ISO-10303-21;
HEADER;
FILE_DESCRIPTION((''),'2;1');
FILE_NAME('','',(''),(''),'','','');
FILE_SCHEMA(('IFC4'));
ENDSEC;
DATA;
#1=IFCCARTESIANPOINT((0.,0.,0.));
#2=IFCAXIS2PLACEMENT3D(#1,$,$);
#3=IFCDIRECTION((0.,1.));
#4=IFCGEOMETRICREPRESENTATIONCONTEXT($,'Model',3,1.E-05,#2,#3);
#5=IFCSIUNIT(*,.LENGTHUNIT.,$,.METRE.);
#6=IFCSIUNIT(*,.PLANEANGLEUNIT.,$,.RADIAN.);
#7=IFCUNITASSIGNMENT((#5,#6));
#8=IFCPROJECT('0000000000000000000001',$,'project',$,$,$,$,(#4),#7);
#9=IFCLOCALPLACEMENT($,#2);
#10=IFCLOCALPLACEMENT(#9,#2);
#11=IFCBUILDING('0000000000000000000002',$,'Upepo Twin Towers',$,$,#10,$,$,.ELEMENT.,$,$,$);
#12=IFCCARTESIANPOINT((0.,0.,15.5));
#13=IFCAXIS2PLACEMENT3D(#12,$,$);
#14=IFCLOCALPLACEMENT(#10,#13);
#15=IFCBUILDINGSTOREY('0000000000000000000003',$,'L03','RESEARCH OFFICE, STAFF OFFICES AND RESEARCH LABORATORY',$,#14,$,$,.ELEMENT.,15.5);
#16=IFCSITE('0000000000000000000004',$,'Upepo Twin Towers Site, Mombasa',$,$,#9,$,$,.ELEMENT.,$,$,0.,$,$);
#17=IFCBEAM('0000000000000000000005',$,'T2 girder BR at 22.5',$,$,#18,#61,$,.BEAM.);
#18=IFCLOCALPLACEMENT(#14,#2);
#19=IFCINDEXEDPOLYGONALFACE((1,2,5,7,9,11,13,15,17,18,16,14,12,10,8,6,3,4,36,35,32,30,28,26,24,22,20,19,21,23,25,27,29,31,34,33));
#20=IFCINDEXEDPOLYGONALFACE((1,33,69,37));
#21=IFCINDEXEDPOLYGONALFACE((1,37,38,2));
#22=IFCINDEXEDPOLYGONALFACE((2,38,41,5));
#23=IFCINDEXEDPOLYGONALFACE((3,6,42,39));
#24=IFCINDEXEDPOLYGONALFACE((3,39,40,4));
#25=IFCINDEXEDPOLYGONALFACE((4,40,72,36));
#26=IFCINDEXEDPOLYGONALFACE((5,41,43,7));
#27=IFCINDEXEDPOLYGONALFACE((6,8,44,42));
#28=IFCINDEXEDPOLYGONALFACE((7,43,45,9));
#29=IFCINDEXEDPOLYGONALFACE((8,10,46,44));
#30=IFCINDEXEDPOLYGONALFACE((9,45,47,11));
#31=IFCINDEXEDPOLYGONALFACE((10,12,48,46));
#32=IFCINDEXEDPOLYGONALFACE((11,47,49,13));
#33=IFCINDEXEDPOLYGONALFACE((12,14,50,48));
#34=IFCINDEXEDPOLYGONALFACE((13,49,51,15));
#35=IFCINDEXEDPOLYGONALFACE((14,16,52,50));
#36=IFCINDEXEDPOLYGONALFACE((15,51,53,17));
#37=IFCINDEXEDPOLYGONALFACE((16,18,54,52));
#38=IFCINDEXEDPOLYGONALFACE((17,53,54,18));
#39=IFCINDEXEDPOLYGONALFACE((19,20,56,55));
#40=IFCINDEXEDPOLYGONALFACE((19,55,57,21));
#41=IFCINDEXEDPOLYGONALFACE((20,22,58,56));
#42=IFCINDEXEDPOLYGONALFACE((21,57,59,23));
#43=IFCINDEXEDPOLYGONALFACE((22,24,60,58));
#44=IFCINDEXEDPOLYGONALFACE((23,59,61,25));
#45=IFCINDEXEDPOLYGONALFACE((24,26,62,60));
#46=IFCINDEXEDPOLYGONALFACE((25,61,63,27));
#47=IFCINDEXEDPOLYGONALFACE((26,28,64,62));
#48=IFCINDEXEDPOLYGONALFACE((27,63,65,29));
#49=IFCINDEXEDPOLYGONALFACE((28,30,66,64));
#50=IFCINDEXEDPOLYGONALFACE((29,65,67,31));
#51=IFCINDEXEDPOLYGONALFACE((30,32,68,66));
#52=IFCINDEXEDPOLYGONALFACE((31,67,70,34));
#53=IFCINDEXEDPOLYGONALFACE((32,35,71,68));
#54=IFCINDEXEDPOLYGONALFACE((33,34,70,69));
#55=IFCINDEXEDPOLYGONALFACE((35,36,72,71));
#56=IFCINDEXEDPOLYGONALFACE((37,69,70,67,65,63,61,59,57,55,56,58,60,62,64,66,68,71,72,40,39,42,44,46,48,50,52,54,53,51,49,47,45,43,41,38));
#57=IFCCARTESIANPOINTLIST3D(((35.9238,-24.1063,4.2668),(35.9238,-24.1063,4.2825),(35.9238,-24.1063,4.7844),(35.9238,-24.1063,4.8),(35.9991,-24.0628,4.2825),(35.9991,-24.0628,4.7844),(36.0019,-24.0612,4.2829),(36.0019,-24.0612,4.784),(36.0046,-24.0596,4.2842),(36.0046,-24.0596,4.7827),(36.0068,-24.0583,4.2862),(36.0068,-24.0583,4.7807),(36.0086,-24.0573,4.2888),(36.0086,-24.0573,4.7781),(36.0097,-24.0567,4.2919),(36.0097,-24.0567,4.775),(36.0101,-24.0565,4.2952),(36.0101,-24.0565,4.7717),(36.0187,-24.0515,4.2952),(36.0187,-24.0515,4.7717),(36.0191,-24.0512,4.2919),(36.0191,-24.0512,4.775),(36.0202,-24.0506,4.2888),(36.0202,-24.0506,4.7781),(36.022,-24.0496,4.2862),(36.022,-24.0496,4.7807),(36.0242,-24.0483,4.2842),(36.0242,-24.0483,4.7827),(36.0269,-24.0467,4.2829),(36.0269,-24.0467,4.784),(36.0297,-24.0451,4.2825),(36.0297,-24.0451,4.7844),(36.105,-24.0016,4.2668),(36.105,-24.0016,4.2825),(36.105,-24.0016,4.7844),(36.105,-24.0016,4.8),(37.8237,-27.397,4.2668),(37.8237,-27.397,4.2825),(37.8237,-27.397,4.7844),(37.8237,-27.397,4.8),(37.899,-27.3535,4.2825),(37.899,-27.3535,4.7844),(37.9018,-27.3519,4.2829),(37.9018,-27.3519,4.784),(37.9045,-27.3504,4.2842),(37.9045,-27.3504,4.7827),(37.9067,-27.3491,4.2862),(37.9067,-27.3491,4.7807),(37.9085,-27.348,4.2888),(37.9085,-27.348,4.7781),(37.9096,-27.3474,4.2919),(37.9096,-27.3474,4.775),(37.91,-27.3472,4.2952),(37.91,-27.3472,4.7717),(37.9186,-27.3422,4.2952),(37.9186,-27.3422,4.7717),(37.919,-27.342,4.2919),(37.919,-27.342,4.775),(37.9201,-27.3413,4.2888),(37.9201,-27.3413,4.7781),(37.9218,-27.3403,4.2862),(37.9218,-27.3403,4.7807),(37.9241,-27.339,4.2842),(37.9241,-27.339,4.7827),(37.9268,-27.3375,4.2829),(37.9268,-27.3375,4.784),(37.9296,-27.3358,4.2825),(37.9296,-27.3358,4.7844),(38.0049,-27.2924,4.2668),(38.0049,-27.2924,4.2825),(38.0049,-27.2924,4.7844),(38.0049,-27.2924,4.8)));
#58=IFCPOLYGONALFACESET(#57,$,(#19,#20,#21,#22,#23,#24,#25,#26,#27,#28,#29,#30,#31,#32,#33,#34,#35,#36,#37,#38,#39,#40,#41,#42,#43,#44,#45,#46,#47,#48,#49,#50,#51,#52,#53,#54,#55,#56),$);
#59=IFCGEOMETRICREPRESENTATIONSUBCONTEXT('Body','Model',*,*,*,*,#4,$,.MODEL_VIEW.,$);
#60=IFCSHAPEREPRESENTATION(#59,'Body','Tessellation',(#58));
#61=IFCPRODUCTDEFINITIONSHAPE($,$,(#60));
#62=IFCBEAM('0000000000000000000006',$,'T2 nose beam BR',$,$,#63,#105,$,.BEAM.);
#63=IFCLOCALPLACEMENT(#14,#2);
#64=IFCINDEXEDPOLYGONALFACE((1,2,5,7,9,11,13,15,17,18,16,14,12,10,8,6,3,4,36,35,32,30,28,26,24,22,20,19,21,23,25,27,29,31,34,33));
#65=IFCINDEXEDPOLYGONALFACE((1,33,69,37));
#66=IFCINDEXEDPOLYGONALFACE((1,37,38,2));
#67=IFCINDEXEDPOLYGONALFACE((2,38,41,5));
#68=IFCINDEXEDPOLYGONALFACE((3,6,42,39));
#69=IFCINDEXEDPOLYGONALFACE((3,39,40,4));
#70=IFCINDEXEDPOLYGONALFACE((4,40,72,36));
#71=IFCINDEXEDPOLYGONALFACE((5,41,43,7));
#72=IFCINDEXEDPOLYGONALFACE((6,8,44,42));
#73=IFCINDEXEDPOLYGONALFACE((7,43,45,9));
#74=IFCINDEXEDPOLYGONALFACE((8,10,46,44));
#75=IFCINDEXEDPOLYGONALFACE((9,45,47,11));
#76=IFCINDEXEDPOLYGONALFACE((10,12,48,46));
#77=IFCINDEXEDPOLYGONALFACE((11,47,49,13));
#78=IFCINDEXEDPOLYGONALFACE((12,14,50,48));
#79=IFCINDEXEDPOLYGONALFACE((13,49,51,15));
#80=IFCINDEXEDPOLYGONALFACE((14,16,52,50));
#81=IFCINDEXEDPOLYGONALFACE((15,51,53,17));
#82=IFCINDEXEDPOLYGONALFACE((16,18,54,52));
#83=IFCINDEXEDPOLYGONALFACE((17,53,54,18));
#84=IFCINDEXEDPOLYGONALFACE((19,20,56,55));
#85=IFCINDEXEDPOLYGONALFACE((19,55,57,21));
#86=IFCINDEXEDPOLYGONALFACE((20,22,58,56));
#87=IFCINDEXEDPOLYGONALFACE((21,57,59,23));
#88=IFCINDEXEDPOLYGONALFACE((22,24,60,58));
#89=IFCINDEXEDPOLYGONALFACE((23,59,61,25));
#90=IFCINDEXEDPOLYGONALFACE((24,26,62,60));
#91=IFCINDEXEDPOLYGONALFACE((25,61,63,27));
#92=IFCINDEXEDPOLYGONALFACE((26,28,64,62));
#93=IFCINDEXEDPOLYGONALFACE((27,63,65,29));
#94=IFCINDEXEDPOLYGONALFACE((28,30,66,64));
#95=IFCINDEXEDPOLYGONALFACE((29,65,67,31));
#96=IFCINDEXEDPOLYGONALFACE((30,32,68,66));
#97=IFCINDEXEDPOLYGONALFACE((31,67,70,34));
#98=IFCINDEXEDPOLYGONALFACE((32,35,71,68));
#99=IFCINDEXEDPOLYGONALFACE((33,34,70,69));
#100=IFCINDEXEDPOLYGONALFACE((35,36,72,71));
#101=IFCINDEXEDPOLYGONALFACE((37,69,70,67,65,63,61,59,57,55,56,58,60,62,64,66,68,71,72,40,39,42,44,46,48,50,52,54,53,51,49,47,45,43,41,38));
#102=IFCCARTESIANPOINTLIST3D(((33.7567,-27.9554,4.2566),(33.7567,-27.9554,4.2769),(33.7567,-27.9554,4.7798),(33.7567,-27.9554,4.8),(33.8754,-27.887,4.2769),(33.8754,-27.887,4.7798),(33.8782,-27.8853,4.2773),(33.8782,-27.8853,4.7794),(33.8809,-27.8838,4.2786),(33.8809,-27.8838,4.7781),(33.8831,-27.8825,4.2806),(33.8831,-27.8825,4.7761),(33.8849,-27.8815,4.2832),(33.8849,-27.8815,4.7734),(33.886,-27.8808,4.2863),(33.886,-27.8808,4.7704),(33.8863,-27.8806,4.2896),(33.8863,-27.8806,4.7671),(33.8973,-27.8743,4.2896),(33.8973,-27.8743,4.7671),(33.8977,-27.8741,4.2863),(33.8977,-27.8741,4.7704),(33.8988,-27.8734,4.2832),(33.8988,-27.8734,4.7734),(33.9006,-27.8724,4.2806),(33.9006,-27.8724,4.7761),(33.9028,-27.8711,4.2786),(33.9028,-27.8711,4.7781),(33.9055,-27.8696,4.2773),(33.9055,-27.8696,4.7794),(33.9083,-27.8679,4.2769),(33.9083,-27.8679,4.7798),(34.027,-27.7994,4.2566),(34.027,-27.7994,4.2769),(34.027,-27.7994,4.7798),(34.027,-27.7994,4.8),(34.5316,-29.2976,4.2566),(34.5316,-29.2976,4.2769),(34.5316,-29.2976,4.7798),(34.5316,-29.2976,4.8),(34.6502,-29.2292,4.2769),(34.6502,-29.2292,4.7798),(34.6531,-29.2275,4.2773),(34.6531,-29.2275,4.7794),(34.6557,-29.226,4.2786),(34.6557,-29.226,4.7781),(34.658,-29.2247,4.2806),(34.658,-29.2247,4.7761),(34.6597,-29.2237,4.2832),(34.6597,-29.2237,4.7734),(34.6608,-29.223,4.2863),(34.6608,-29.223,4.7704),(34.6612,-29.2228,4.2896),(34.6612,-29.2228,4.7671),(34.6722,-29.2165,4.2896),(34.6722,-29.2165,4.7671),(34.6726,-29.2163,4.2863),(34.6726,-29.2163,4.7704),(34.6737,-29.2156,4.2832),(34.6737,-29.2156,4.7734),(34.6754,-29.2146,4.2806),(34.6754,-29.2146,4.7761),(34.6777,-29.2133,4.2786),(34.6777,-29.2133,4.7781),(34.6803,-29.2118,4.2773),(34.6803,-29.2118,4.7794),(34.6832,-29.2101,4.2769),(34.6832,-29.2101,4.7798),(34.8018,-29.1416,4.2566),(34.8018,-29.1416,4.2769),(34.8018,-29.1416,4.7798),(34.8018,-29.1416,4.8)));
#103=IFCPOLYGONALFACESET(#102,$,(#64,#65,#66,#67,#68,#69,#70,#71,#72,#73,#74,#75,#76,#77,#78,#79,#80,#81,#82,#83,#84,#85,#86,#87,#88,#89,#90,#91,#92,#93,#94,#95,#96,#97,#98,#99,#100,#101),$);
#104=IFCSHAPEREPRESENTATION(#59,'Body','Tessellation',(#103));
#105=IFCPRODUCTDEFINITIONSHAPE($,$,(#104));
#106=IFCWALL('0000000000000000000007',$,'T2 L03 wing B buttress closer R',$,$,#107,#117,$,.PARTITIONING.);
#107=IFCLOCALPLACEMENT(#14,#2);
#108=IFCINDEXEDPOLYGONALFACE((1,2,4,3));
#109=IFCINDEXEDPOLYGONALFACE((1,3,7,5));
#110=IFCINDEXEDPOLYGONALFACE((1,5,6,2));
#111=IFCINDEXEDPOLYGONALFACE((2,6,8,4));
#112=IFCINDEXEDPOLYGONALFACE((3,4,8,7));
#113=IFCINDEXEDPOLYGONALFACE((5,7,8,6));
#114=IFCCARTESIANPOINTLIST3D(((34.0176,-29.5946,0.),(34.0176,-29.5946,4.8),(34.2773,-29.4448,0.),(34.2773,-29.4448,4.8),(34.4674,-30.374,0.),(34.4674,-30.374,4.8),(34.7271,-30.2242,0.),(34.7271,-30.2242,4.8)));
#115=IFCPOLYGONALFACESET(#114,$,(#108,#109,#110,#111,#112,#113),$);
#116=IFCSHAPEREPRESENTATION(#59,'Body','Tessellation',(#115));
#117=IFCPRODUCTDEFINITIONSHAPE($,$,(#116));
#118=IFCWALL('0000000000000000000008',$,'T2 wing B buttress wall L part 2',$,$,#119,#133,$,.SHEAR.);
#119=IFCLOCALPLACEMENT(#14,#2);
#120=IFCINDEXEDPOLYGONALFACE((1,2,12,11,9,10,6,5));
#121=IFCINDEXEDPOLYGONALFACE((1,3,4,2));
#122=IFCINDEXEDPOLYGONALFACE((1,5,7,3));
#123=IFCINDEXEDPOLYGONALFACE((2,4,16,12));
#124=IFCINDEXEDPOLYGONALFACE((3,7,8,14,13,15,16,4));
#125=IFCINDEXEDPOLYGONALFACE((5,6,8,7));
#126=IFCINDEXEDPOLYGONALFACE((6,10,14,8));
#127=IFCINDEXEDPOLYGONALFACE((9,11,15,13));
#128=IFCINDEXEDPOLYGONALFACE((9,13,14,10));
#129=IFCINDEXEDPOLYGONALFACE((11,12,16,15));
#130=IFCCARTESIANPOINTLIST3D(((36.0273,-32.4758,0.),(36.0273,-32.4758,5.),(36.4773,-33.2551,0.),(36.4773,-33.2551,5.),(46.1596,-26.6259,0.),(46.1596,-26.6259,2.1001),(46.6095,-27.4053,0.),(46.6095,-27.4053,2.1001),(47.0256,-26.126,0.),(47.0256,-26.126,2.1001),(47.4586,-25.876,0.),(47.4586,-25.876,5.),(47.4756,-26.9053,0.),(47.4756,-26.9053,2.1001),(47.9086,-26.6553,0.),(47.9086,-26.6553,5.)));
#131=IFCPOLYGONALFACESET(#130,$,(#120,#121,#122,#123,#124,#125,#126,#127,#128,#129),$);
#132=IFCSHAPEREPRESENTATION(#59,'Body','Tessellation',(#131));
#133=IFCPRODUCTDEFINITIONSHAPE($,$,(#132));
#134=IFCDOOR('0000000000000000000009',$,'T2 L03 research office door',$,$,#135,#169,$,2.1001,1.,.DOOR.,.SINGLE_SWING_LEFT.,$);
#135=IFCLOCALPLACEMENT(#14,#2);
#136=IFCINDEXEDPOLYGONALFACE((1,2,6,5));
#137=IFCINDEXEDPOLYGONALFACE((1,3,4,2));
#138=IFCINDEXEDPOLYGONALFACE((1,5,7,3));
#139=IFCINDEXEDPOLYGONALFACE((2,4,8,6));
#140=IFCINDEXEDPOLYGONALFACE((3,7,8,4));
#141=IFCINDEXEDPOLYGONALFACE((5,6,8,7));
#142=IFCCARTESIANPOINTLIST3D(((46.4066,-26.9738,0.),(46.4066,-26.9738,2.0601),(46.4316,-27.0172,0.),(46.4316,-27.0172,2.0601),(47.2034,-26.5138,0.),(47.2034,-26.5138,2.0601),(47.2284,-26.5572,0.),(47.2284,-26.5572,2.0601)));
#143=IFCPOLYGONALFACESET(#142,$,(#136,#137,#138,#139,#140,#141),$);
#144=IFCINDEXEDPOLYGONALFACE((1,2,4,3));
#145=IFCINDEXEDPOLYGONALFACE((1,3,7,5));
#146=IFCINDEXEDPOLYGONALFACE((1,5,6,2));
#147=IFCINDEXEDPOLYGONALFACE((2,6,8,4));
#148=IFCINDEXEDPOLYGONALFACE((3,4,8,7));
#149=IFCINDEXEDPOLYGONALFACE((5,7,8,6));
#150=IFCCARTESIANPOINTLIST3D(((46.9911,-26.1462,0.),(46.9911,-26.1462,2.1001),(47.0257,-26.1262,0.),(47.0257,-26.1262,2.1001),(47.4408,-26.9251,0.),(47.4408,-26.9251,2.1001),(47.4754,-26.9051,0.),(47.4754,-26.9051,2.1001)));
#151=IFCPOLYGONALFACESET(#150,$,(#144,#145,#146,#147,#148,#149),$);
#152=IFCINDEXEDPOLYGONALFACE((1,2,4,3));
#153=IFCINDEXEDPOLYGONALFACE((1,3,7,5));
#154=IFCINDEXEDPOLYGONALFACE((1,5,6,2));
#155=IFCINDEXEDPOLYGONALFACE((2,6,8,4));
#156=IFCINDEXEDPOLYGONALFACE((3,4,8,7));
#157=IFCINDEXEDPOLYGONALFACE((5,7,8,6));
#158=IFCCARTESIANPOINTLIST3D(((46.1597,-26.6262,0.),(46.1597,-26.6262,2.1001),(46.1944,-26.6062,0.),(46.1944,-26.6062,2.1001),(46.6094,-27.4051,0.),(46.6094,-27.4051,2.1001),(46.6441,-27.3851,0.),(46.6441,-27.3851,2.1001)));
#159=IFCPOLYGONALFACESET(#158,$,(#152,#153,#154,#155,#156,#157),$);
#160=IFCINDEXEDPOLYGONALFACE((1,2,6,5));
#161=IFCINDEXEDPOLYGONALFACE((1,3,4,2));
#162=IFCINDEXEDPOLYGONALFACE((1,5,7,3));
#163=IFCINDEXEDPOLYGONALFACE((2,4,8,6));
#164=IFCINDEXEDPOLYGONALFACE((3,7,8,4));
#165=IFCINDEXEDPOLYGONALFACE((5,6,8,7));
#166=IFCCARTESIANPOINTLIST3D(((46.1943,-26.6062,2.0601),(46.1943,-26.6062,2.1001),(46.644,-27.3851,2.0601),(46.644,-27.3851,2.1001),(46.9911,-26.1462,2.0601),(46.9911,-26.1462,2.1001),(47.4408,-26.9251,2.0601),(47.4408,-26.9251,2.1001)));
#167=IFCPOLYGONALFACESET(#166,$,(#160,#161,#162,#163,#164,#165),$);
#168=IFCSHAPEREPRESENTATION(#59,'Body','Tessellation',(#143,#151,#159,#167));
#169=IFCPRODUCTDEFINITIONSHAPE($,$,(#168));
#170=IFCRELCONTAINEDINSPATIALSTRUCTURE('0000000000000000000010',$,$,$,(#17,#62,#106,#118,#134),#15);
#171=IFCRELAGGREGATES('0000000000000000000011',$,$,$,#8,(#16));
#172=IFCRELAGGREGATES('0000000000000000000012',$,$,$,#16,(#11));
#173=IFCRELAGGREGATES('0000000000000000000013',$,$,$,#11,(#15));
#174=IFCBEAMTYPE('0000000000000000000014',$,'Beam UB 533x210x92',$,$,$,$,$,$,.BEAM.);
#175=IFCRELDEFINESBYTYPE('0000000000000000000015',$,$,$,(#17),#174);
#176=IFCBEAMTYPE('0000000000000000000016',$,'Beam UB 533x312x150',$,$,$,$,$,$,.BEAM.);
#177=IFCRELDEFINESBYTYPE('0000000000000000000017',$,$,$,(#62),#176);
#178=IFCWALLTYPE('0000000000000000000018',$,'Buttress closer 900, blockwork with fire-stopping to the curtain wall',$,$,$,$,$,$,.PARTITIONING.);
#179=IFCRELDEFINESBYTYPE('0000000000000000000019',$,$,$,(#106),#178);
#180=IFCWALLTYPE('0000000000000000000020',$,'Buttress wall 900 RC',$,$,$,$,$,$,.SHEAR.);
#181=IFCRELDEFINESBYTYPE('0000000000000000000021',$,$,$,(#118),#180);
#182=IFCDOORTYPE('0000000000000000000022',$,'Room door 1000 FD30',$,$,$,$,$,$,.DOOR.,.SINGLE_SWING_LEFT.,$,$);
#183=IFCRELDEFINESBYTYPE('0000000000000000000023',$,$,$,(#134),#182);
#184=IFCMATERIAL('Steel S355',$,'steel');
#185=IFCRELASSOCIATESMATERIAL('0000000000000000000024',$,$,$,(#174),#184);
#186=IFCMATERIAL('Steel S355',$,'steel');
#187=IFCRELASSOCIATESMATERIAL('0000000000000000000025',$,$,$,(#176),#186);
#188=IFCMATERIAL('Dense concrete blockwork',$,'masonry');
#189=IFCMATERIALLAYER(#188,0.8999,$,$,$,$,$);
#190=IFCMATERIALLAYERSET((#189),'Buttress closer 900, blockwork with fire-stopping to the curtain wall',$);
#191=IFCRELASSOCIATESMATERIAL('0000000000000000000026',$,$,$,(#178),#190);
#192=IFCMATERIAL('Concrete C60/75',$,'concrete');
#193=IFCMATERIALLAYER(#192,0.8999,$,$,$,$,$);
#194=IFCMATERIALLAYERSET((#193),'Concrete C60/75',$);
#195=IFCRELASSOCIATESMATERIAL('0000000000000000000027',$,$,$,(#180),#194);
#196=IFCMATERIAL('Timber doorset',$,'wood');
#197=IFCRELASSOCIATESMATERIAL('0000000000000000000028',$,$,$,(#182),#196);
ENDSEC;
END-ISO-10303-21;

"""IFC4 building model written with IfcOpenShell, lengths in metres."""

from ifc_helpers import new_model, si_unit, direction, frame, frame_2d, origin, origin_2d, place, context, subcontext, project, spatial, rectangle, i_section, extrude, material, layer, layer_set, material_profile, profile_set, type_object, element, fill, save


model = new_model("IFC4")

# Units and contexts
model_context = context("Model", 3, precision=1e-05, world=origin(), true_north=direction((0.0, 1.0)))
body_context = subcontext(model_context, "Body", "Model", "MODEL_VIEW")
ifc_project = project(units=[si_unit("LENGTHUNIT", "METRE"), si_unit("PLANEANGLEUNIT", "RADIAN")], contexts=[model_context])

# Site, building, storey
site_placement = place(None, origin())
site = spatial("IfcSite", under=ifc_project, at=site_placement, Name="Upepo Twin Towers Site, Mombasa", CompositionType="ELEMENT", RefElevation=0.0)
building_placement = place(site_placement, origin())
building = spatial("IfcBuilding", under=site, at=building_placement, Name="Upepo Twin Towers", CompositionType="ELEMENT")
storey_placement = place(building_placement, frame((0.0, 0.0, 15.5)))
storey = spatial("IfcBuildingStorey", under=building, at=storey_placement, Name="L03", Description="RESEARCH OFFICE, STAFF OFFICES AND RESEARCH LABORATORY", CompositionType="ELEMENT", Elevation=15.5)

# Beams
ifc_material_1 = material(Name="Steel S355", Category="steel")
ifc_material_profile_1 = material_profile(ifc_material_1, i_section(OverallWidth=0.2092, OverallDepth=0.5332, WebThickness=0.01, FlangeThickness=0.0156, FilletRadius=0.0127, at=origin_2d()), Name="UB 533x210x92")
ifc_profile_set_1 = profile_set([ifc_material_profile_1], Name="Steel S355")
beam_type_1 = type_object("IfcBeamType", Name="Beam UB 533x210x92", PredefinedType="BEAM", material=ifc_profile_set_1)
beam_1_placement = place(storey_placement, frame((36.0144, -24.054, 4.5334), z_axis=(0.499995, -0.866028, 0.0), x_axis=(0.866028, 0.499995, 0.0)))
element("IfcBeam", 1, at=beam_1_placement, inside=storey, type_object=beam_type_1, Name="T2 girder BR at 22.5", PredefinedType="BEAM", context=body_context, shape_type="SweptSolid", body=[
    extrude(i_section(OverallWidth=0.2092, OverallDepth=0.5332, WebThickness=0.01, FlangeThickness=0.0156, FilletRadius=0.0127, at=origin_2d()), origin(), (0.0, 0.0, 1.0), 3.7998),
])
ifc_material_2 = material(Name="Steel S355", Category="steel")
ifc_material_profile_2 = material_profile(ifc_material_2, i_section(OverallWidth=0.312, OverallDepth=0.5435, WebThickness=0.0127, FlangeThickness=0.0203, FilletRadius=0.0127, at=origin_2d()), Name="UB 533x312x150")
ifc_profile_set_2 = profile_set([ifc_material_profile_2], Name="Steel S355")
beam_type_2 = type_object("IfcBeamType", Name="Beam UB 533x312x150", PredefinedType="BEAM", material=ifc_profile_set_2)
beam_2_placement = place(storey_placement, frame((33.8918, -27.8774, 4.5283), z_axis=(0.499968, -0.866044, 0.0), x_axis=(0.866044, 0.499968, 0.0)))
element("IfcBeam", 2, at=beam_2_placement, inside=storey, type_object=beam_type_2, Name="T2 nose beam BR", PredefinedType="BEAM", context=body_context, shape_type="SweptSolid", body=[
    extrude(i_section(OverallWidth=0.312, OverallDepth=0.5435, WebThickness=0.0127, FlangeThickness=0.0203, FilletRadius=0.0127, at=origin_2d()), origin(), (0.0, 0.0, 1.0), 1.5498),
])

# Wall
ifc_material_3 = material(Name="Dense concrete blockwork", Category="masonry")
ifc_layer_1 = layer(ifc_material_3, 0.8999)
ifc_layer_set_1 = layer_set([ifc_layer_1], Name="Buttress closer 900, blockwork with fire-stopping to the curtain wall")
wall_type_1 = type_object("IfcWallType", Name="Buttress closer 900, blockwork with fire-stopping to the curtain wall", PredefinedType="PARTITIONING", material=ifc_layer_set_1)
wall_1_placement = place(storey_placement, frame((34.5022, -29.8345, 0.0), z_axis=(0.0, 0.0, 1.0), x_axis=(-0.866131, -0.499816, 0.0)))
element("IfcWall", 3, at=wall_1_placement, inside=storey, type_object=wall_type_1, Name="T2 L03 wing B buttress closer R", PredefinedType="PARTITIONING", context=body_context, shape_type="SweptSolid", body=[
    extrude(rectangle(XDim=0.2998, YDim=0.8999, at=frame_2d((0.1499, 0.0))), origin(), (0.0, 0.0, 1.0), 4.8),
])

# Wall, opening, door
ifc_material_4 = material(Name="Concrete C60/75", Category="concrete")
ifc_layer_2 = layer(ifc_material_4, 0.8999)
ifc_layer_set_2 = layer_set([ifc_layer_2], Name="Concrete C60/75")
wall_type_2 = type_object("IfcWallType", Name="Buttress wall 900 RC", PredefinedType="SHEAR", material=ifc_layer_set_2)
wall_2_placement = place(storey_placement, frame((47.6836, -26.2656, 0.0), z_axis=(0.0, 0.0, 1.0), x_axis=(-0.866028, -0.499996, 0.0)))
wall_2 = element("IfcWall", 4, at=wall_2_placement, inside=storey, type_object=wall_type_2, Name="T2 wing B buttress wall L part 2", PredefinedType="SHEAR", context=body_context, shape_type="SweptSolid", body=[
    extrude(rectangle(XDim=13.1997, YDim=0.8999, at=frame_2d((6.5999, 0.0))), origin(), (0.0, 0.0, 1.0), 5.0),
])
opening_1_placement = place(wall_2_placement, frame((0.5, 0.0, 0.0)))
opening_1 = element("IfcOpeningElement", 5, at=opening_1_placement, cuts=wall_2, PredefinedType="OPENING", context=body_context, shape_type="SweptSolid", body=[
    extrude(rectangle(XDim=1.0, YDim=2.1001, at=frame_2d((0.5, 1.05))), frame((0.0, 0.46, 0.0), z_axis=(0.0, -1.0, 0.0), x_axis=(1.0, 0.0, 0.0)), (0.0, 0.0, 1.0), 0.9199),
])
ifc_material_5 = material(Name="Timber doorset", Category="wood")
door_type = type_object("IfcDoorType", Name="Room door 1000 FD30", OperationType="SINGLE_SWING_LEFT", PredefinedType="DOOR", material=ifc_material_5)
door_1_placement = place(opening_1_placement, origin())
door_1 = element("IfcDoor", 6, at=door_1_placement, inside=storey, type_object=door_type, Name="T2 L03 research office door", OperationType="SINGLE_SWING_LEFT", OverallHeight=2.1001, OverallWidth=1.0, PredefinedType="DOOR", context=body_context, shape_type="SweptSolid", body=[
    extrude(rectangle(XDim=0.92, YDim=2.0601, at=frame_2d((0.5, 1.03))), frame((0.0, 0.0249, 0.0), z_axis=(0.0, -1.0, 0.0), x_axis=(1.0, 0.0, 0.0)), (0.0, 0.0, 1.0), 0.05),
    extrude(rectangle(XDim=0.04, YDim=2.1001, at=frame_2d((0.02, 1.05))), frame((0.0, 0.4497, 0.0), z_axis=(0.0, -1.0, 0.0), x_axis=(1.0, 0.0, 0.0)), (0.0, 0.0, 1.0), 0.8994),
    extrude(rectangle(XDim=0.04, YDim=2.1001, at=frame_2d((0.98, 1.05))), frame((0.0, 0.4497, 0.0), z_axis=(0.0, -1.0, 0.0), x_axis=(1.0, 0.0, 0.0)), (0.0, 0.0, 1.0), 0.8994),
    extrude(rectangle(XDim=0.92, YDim=0.04, at=frame_2d((0.5, 2.0801))), frame((0.0, 0.4497, 0.0), z_axis=(0.0, -1.0, 0.0), x_axis=(1.0, 0.0, 0.0)), (0.0, 0.0, 1.0), 0.8994),
])
fill(opening_1, door_1)

save(model, "model.ifc")
